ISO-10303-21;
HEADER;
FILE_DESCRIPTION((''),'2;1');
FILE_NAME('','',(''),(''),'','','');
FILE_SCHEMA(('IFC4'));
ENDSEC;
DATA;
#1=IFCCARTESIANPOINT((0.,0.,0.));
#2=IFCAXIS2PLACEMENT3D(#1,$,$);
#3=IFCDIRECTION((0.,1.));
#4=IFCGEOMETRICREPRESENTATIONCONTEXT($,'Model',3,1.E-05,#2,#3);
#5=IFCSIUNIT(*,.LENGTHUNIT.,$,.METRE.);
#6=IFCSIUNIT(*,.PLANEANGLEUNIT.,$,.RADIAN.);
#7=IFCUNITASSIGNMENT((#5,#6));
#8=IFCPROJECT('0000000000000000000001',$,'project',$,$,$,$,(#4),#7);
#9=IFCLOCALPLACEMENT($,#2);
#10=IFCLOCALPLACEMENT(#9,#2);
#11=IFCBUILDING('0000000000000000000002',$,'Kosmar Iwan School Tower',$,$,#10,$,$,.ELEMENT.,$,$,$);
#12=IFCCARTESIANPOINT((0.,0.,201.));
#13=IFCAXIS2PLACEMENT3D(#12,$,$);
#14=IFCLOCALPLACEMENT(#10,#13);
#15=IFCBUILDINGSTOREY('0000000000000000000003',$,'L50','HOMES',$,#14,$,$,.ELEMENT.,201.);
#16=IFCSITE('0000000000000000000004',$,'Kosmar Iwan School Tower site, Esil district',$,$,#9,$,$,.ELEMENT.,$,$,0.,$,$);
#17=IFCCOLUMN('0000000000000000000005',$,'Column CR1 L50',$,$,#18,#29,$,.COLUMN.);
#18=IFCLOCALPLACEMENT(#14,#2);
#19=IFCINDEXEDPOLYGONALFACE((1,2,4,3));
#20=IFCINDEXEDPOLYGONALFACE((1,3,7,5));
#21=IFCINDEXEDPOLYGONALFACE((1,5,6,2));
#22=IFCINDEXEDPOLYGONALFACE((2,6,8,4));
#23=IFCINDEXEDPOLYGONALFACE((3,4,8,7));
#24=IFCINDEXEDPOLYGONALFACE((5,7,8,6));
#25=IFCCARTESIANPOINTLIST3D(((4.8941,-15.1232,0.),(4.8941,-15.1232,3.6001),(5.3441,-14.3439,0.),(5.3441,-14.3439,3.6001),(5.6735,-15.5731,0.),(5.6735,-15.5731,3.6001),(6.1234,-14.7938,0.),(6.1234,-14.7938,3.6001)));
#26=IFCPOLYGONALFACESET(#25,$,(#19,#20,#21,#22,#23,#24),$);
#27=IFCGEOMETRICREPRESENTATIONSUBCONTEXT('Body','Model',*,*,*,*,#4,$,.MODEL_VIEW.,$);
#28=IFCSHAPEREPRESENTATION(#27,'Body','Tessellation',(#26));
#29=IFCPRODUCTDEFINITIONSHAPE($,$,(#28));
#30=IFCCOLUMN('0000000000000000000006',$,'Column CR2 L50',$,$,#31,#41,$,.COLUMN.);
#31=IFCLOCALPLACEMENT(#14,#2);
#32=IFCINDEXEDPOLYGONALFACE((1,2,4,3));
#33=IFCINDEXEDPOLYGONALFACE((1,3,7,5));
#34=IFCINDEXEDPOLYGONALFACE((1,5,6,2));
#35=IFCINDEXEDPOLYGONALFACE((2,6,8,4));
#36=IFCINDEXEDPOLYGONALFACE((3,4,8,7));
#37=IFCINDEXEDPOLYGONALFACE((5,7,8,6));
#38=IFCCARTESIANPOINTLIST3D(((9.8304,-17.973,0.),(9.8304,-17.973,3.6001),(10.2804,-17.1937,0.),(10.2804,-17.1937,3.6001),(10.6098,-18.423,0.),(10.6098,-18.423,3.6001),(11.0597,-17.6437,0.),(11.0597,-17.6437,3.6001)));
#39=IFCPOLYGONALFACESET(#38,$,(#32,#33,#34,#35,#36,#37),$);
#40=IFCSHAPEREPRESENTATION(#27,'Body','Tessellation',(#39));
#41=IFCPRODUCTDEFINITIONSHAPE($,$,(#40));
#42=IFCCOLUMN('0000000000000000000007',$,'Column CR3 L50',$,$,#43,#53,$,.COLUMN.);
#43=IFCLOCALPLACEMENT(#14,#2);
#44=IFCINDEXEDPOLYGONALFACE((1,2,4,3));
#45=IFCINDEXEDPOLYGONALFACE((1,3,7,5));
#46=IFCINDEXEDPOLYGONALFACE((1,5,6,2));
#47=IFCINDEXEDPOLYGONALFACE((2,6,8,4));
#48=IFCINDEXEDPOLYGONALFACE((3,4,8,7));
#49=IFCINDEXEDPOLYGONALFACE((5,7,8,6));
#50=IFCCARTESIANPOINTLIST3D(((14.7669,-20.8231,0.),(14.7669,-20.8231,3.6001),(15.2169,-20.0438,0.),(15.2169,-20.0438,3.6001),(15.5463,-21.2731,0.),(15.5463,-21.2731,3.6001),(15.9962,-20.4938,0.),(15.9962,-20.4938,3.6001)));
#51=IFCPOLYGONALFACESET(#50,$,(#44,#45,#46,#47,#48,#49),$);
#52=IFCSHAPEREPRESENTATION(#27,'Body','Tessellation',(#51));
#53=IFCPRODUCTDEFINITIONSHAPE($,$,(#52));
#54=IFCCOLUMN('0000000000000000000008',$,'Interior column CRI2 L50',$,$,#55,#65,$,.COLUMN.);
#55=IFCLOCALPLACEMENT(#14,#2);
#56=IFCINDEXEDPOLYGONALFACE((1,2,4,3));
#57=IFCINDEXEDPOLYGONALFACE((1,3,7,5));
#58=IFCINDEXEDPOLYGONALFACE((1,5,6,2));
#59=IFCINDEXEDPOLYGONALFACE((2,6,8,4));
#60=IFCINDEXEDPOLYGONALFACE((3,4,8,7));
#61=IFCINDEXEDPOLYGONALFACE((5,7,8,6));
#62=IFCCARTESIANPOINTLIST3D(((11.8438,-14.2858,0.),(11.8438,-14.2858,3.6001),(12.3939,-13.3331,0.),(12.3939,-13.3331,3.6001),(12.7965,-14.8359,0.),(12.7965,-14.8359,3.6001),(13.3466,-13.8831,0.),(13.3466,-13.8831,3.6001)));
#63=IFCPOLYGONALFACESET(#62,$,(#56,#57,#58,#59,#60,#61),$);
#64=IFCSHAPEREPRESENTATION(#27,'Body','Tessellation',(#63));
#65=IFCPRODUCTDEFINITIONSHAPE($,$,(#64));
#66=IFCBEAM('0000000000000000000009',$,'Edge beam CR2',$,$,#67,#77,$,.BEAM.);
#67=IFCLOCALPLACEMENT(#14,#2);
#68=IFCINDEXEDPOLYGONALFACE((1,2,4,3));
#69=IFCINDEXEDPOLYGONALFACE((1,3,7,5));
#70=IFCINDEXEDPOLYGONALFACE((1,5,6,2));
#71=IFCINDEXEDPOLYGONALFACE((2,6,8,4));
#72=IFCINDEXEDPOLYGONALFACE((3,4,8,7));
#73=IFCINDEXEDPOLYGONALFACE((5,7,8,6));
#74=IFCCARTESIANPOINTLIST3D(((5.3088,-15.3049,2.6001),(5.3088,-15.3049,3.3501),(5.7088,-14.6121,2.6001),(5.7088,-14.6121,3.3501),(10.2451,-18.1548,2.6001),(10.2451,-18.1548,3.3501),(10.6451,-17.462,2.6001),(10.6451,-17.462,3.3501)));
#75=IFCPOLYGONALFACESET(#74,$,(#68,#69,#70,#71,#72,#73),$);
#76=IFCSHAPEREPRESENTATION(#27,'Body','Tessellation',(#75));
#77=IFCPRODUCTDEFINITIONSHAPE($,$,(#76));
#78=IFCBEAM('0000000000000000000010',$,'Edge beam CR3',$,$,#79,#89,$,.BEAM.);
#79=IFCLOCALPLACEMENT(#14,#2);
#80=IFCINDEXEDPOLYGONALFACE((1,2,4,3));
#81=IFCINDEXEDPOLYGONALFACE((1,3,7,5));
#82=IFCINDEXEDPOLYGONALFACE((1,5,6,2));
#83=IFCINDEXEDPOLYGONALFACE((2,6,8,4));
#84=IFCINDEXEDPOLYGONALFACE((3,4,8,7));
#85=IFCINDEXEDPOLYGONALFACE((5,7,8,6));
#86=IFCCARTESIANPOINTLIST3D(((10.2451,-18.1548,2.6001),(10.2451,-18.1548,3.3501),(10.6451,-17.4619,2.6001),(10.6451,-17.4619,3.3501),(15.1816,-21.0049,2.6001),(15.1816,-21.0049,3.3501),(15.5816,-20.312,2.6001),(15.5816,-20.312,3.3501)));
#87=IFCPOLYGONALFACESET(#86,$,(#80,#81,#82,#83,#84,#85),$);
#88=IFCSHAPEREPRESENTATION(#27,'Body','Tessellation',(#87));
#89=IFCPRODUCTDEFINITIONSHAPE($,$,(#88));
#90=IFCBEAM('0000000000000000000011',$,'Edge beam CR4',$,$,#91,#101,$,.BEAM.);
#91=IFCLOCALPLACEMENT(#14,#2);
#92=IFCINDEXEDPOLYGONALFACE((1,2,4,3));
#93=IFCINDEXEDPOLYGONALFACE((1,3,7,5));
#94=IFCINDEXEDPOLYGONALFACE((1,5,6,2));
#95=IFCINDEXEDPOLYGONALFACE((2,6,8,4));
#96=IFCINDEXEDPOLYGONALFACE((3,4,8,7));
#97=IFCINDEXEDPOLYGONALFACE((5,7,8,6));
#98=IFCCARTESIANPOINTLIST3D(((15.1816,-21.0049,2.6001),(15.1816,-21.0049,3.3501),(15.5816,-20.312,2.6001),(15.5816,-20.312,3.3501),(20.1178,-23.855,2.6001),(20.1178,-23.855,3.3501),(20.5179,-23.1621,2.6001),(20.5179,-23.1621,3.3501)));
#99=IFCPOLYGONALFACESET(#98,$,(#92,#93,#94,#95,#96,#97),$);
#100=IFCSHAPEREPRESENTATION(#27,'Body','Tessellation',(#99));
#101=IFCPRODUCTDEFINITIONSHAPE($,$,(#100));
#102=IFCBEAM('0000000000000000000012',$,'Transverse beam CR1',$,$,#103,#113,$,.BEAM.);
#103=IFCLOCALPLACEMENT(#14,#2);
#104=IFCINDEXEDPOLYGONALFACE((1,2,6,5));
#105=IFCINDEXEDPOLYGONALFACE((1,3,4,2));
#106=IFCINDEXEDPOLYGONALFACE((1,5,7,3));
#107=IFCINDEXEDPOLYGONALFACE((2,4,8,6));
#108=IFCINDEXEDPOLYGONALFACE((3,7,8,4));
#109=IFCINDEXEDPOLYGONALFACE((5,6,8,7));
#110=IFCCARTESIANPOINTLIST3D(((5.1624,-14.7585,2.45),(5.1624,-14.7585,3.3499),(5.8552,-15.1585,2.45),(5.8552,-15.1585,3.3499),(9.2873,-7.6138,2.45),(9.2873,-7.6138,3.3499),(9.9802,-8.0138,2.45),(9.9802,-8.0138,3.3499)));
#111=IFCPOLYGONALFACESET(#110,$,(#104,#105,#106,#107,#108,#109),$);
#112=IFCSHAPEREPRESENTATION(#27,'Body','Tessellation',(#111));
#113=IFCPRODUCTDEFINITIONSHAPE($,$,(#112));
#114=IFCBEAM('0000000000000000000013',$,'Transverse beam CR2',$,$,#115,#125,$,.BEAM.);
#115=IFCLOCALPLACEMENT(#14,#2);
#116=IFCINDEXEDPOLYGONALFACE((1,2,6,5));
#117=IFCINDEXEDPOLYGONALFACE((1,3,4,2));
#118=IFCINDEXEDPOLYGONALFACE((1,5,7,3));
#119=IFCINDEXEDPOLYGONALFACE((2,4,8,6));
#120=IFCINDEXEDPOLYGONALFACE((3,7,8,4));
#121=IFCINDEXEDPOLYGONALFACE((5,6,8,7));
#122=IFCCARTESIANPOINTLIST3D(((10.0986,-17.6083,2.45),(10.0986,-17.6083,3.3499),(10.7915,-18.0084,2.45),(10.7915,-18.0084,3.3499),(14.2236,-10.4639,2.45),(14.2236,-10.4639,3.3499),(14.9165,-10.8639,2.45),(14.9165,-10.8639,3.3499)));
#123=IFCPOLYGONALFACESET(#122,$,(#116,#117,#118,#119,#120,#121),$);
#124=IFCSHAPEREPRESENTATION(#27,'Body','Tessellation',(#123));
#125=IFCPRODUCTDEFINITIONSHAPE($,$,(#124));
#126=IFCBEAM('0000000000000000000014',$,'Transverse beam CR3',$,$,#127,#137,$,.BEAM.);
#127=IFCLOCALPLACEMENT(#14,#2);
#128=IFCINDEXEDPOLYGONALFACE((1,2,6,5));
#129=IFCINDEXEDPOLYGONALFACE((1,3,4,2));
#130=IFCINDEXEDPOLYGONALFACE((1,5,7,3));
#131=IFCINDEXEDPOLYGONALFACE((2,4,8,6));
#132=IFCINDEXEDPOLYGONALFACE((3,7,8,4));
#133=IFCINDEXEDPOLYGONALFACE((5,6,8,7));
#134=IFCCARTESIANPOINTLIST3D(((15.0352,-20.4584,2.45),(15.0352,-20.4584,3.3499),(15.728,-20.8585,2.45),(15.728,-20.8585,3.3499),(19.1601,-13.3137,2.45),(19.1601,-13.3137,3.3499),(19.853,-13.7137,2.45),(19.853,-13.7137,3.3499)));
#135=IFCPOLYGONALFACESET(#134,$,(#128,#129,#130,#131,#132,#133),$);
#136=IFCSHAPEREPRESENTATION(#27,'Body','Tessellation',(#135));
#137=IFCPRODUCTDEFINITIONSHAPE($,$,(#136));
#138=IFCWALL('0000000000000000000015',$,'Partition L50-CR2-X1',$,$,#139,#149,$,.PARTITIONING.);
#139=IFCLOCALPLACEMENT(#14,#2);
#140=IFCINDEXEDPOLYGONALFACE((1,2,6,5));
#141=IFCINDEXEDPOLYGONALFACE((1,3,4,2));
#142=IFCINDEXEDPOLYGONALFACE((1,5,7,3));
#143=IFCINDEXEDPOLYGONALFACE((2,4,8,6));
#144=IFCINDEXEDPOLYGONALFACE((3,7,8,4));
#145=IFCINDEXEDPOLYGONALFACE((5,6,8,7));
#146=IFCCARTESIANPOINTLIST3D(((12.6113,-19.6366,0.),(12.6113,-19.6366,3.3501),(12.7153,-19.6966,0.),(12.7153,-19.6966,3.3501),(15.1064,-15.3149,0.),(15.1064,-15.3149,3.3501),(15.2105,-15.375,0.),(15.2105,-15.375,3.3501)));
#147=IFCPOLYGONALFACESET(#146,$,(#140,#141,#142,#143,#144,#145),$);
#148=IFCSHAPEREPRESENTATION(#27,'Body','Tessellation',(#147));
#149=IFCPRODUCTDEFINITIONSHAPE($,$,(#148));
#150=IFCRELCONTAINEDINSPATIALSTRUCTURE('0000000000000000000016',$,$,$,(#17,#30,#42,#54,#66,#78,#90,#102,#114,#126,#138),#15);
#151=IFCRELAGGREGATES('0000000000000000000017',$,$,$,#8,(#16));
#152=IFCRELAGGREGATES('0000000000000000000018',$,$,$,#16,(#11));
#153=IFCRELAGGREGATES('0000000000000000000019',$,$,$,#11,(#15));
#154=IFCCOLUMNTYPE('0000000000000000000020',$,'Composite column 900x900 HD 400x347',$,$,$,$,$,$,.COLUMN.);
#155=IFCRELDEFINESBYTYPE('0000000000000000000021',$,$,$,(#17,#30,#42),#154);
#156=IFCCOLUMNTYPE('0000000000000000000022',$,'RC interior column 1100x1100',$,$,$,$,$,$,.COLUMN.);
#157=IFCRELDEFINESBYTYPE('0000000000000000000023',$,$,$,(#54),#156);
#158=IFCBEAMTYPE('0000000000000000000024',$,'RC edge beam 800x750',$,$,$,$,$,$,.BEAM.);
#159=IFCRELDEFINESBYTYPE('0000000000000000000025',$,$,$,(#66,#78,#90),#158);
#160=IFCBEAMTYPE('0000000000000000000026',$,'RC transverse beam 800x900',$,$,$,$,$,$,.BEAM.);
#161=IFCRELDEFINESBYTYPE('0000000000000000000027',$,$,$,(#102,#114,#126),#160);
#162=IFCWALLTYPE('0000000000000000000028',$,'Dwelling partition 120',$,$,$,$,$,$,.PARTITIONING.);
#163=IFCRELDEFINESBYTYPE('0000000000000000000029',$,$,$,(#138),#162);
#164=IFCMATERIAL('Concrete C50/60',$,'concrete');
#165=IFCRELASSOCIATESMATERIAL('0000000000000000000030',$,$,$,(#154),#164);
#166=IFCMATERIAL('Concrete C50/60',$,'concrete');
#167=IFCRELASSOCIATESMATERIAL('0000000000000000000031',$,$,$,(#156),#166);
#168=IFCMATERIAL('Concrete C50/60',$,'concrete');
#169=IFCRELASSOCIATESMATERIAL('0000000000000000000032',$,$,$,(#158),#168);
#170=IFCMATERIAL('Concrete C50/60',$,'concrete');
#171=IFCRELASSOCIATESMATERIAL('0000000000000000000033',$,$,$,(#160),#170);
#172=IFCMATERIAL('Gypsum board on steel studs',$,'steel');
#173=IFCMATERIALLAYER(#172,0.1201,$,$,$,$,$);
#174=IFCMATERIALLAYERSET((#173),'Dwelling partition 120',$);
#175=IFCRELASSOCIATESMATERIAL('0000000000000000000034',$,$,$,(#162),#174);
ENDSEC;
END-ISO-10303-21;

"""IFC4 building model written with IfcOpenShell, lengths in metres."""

from ifc_helpers import new_model, si_unit, direction, frame, frame_2d, origin, origin_2d, place, context, subcontext, project, spatial, rectangle, extrude, material, layer, layer_set, material_profile, profile_set, type_object, element, save


model = new_model("IFC4")

# Units and contexts
model_context = context("Model", 3, precision=1e-05, world=origin(), true_north=direction((0.0, 1.0)))
body_context = subcontext(model_context, "Body", "Model", "MODEL_VIEW")
ifc_project = project(units=[si_unit("LENGTHUNIT", "METRE"), si_unit("PLANEANGLEUNIT", "RADIAN")], contexts=[model_context])

# Site, building, storey
site_placement = place(None, origin())
site = spatial("IfcSite", under=ifc_project, at=site_placement, Name="Kosmar Iwan School Tower site, Esil district", CompositionType="ELEMENT", RefElevation=0.0)
building_placement = place(site_placement, origin())
building = spatial("IfcBuilding", under=site, at=building_placement, Name="Kosmar Iwan School Tower", CompositionType="ELEMENT")
storey_placement = place(building_placement, frame((0.0, 0.0, 201.0)))
storey = spatial("IfcBuildingStorey", under=building, at=storey_placement, Name="L50", Description="HOMES", CompositionType="ELEMENT", Elevation=201.0)

# Columns
ifc_material_1 = material(Name="Concrete C50/60", Category="concrete")
ifc_material_profile_1 = material_profile(ifc_material_1, rectangle(XDim=0.8999, YDim=0.8999, at=origin_2d()), Name="RC 900x900 + HD 400x347")
ifc_profile_set_1 = profile_set([ifc_material_profile_1], Name="Concrete C50/60")
column_type_1 = type_object("IfcColumnType", Name="Composite column 900x900 HD 400x347", PredefinedType="COLUMN", material=ifc_profile_set_1)
for number, where, z_axis, x_axis, name in (
    (1, (5.5088, -14.9585, 0.0), (0.0, 0.0, 1.0), (0.866025, -0.5, 0.0), "Column CR1 L50"),
    (2, (10.4451, -17.8083, 0.0), (0.0, 0.0, 1.0), (0.866025, -0.5, 0.0), "Column CR2 L50"),
    (3, (15.3816, -20.6584, 0.0), (0.0, 0.0, 1.0), (0.866025, -0.5, 0.0), "Column CR3 L50"),
):
    element("IfcColumn", number, at=place(storey_placement, frame(where, z_axis=z_axis, x_axis=x_axis)), inside=storey, type_object=column_type_1, Name=name, PredefinedType="COLUMN", context=body_context, shape_type="SweptSolid", body=[
        extrude(rectangle(XDim=0.8999, YDim=0.8999, at=origin_2d()), origin(), (0.0, 0.0, 1.0), 3.6001),
    ])
ifc_material_2 = material(Name="Concrete C50/60", Category="concrete")
ifc_material_profile_2 = material_profile(ifc_material_2, rectangle(XDim=1.1001, YDim=1.1001, at=origin_2d()), Name="RC 1100x1100")
ifc_profile_set_2 = profile_set([ifc_material_profile_2], Name="Concrete C50/60")
column_type_2 = type_object("IfcColumnType", Name="RC interior column 1100x1100", PredefinedType="COLUMN", material=ifc_profile_set_2)
column_placement = place(storey_placement, frame((12.5952, -14.0845, 0.0), z_axis=(0.0, 0.0, 1.0), x_axis=(0.866025, -0.5, 0.0)))
element("IfcColumn", 4, at=column_placement, inside=storey, type_object=column_type_2, Name="Interior column CRI2 L50", PredefinedType="COLUMN", context=body_context, shape_type="SweptSolid", body=[
    extrude(rectangle(XDim=1.1001, YDim=1.1001, at=origin_2d()), origin(), (0.0, 0.0, 1.0), 3.6001),
])

# Beams
ifc_material_3 = material(Name="Concrete C50/60", Category="concrete")
ifc_material_profile_3 = material_profile(ifc_material_3, rectangle(XDim=0.8, YDim=0.75, at=origin_2d()), Name="RC 800x750")
ifc_profile_set_3 = profile_set([ifc_material_profile_3], Name="Concrete C50/60")
beam_type_1 = type_object("IfcBeamType", Name="RC edge beam 800x750", PredefinedType="BEAM", material=ifc_profile_set_3)
beam_1_placement = place(storey_placement, frame((5.5088, -14.9585, 2.9751), z_axis=(0.866034, -0.499986, 0.0), x_axis=(0.499986, 0.866034, 0.0)))
element("IfcBeam", 5, at=beam_1_placement, inside=storey, type_object=beam_type_1, Name="Edge beam CR2", PredefinedType="BEAM", context=body_context, shape_type="SweptSolid", body=[
    extrude(rectangle(XDim=0.8, YDim=0.75, at=origin_2d()), origin(), (0.0, 0.0, 1.0), 5.7),
])
beam_2_placement = place(storey_placement, frame((10.4451, -17.8083, 2.9751), z_axis=(0.866026, -0.499999, 0.0), x_axis=(0.499999, 0.866026, 0.0)))
element("IfcBeam", 6, at=beam_2_placement, inside=storey, type_object=beam_type_1, Name="Edge beam CR3", PredefinedType="BEAM", context=body_context, shape_type="SweptSolid", body=[
    extrude(rectangle(XDim=0.8, YDim=0.75, at=origin_2d()), origin(), (0.0, 0.0, 1.0), 5.7002),
])
beam_3_placement = place(storey_placement, frame((15.3816, -20.6584, 2.9751), z_axis=(0.866015, -0.500018, 0.0), x_axis=(0.500018, 0.866015, 0.0)))
element("IfcBeam", 7, at=beam_3_placement, inside=storey, type_object=beam_type_1, Name="Edge beam CR4", PredefinedType="BEAM", context=body_context, shape_type="SweptSolid", body=[
    extrude(rectangle(XDim=0.8, YDim=0.75, at=origin_2d()), origin(), (0.0, 0.0, 1.0), 5.7),
])
ifc_material_4 = material(Name="Concrete C50/60", Category="concrete")
ifc_material_profile_4 = material_profile(ifc_material_4, rectangle(XDim=0.8, YDim=0.8999, at=origin_2d()), Name="RC 800x900")
ifc_profile_set_4 = profile_set([ifc_material_profile_4], Name="Concrete C50/60")
beam_type_2 = type_object("IfcBeamType", Name="RC transverse beam 800x900", PredefinedType="BEAM", material=ifc_profile_set_4)
beam_4_placement = place(storey_placement, frame((5.5088, -14.9585, 2.8999), z_axis=(0.499997, 0.866027, 0.0), x_axis=(-0.866027, 0.499997, 0.0)))
element("IfcBeam", 8, at=beam_4_placement, inside=storey, type_object=beam_type_2, Name="Transverse beam CR1", PredefinedType="BEAM", context=body_context, shape_type="SweptSolid", body=[
    extrude(rectangle(XDim=0.8, YDim=0.8999, at=origin_2d()), origin(), (0.0, 0.0, 1.0), 8.25),
])
beam_5_placement = place(storey_placement, frame((10.4451, -17.8083, 2.8999), z_axis=(0.500009, 0.86602, 0.0), x_axis=(-0.86602, 0.500009, 0.0)))
element("IfcBeam", 9, at=beam_5_placement, inside=storey, type_object=beam_type_2, Name="Transverse beam CR2", PredefinedType="BEAM", context=body_context, shape_type="SweptSolid", body=[
    extrude(rectangle(XDim=0.8, YDim=0.8999, at=origin_2d()), origin(), (0.0, 0.0, 1.0), 8.2498),
])
beam_6_placement = place(storey_placement, frame((15.3816, -20.6584, 2.8999), z_axis=(0.499997, 0.866027, 0.0), x_axis=(-0.866027, 0.499997, 0.0)))
element("IfcBeam", 10, at=beam_6_placement, inside=storey, type_object=beam_type_2, Name="Transverse beam CR3", PredefinedType="BEAM", context=body_context, shape_type="SweptSolid", body=[
    extrude(rectangle(XDim=0.8, YDim=0.8999, at=origin_2d()), origin(), (0.0, 0.0, 1.0), 8.25),
])

# Wall
ifc_material_5 = material(Name="Gypsum board on steel studs", Category="steel")
ifc_layer = layer(ifc_material_5, 0.1201)
ifc_layer_set = layer_set([ifc_layer], Name="Dwelling partition 120")
wall_type = type_object("IfcWallType", Name="Dwelling partition 120", PredefinedType="PARTITIONING", material=ifc_layer_set)
wall_placement = place(storey_placement, frame((15.1584, -15.345, 0.0), z_axis=(0.0, 0.0, 1.0), x_axis=(-0.500012, -0.866019, 0.0)))
element("IfcWall", 11, at=wall_placement, inside=storey, type_object=wall_type, Name="Partition L50-CR2-X1", PredefinedType="PARTITIONING", context=body_context, shape_type="SweptSolid", body=[
    extrude(rectangle(XDim=4.9902, YDim=0.1201, at=frame_2d((2.4951, 0.0))), origin(), (0.0, 0.0, 1.0), 3.3501),
])

save(model, "model.ifc")
